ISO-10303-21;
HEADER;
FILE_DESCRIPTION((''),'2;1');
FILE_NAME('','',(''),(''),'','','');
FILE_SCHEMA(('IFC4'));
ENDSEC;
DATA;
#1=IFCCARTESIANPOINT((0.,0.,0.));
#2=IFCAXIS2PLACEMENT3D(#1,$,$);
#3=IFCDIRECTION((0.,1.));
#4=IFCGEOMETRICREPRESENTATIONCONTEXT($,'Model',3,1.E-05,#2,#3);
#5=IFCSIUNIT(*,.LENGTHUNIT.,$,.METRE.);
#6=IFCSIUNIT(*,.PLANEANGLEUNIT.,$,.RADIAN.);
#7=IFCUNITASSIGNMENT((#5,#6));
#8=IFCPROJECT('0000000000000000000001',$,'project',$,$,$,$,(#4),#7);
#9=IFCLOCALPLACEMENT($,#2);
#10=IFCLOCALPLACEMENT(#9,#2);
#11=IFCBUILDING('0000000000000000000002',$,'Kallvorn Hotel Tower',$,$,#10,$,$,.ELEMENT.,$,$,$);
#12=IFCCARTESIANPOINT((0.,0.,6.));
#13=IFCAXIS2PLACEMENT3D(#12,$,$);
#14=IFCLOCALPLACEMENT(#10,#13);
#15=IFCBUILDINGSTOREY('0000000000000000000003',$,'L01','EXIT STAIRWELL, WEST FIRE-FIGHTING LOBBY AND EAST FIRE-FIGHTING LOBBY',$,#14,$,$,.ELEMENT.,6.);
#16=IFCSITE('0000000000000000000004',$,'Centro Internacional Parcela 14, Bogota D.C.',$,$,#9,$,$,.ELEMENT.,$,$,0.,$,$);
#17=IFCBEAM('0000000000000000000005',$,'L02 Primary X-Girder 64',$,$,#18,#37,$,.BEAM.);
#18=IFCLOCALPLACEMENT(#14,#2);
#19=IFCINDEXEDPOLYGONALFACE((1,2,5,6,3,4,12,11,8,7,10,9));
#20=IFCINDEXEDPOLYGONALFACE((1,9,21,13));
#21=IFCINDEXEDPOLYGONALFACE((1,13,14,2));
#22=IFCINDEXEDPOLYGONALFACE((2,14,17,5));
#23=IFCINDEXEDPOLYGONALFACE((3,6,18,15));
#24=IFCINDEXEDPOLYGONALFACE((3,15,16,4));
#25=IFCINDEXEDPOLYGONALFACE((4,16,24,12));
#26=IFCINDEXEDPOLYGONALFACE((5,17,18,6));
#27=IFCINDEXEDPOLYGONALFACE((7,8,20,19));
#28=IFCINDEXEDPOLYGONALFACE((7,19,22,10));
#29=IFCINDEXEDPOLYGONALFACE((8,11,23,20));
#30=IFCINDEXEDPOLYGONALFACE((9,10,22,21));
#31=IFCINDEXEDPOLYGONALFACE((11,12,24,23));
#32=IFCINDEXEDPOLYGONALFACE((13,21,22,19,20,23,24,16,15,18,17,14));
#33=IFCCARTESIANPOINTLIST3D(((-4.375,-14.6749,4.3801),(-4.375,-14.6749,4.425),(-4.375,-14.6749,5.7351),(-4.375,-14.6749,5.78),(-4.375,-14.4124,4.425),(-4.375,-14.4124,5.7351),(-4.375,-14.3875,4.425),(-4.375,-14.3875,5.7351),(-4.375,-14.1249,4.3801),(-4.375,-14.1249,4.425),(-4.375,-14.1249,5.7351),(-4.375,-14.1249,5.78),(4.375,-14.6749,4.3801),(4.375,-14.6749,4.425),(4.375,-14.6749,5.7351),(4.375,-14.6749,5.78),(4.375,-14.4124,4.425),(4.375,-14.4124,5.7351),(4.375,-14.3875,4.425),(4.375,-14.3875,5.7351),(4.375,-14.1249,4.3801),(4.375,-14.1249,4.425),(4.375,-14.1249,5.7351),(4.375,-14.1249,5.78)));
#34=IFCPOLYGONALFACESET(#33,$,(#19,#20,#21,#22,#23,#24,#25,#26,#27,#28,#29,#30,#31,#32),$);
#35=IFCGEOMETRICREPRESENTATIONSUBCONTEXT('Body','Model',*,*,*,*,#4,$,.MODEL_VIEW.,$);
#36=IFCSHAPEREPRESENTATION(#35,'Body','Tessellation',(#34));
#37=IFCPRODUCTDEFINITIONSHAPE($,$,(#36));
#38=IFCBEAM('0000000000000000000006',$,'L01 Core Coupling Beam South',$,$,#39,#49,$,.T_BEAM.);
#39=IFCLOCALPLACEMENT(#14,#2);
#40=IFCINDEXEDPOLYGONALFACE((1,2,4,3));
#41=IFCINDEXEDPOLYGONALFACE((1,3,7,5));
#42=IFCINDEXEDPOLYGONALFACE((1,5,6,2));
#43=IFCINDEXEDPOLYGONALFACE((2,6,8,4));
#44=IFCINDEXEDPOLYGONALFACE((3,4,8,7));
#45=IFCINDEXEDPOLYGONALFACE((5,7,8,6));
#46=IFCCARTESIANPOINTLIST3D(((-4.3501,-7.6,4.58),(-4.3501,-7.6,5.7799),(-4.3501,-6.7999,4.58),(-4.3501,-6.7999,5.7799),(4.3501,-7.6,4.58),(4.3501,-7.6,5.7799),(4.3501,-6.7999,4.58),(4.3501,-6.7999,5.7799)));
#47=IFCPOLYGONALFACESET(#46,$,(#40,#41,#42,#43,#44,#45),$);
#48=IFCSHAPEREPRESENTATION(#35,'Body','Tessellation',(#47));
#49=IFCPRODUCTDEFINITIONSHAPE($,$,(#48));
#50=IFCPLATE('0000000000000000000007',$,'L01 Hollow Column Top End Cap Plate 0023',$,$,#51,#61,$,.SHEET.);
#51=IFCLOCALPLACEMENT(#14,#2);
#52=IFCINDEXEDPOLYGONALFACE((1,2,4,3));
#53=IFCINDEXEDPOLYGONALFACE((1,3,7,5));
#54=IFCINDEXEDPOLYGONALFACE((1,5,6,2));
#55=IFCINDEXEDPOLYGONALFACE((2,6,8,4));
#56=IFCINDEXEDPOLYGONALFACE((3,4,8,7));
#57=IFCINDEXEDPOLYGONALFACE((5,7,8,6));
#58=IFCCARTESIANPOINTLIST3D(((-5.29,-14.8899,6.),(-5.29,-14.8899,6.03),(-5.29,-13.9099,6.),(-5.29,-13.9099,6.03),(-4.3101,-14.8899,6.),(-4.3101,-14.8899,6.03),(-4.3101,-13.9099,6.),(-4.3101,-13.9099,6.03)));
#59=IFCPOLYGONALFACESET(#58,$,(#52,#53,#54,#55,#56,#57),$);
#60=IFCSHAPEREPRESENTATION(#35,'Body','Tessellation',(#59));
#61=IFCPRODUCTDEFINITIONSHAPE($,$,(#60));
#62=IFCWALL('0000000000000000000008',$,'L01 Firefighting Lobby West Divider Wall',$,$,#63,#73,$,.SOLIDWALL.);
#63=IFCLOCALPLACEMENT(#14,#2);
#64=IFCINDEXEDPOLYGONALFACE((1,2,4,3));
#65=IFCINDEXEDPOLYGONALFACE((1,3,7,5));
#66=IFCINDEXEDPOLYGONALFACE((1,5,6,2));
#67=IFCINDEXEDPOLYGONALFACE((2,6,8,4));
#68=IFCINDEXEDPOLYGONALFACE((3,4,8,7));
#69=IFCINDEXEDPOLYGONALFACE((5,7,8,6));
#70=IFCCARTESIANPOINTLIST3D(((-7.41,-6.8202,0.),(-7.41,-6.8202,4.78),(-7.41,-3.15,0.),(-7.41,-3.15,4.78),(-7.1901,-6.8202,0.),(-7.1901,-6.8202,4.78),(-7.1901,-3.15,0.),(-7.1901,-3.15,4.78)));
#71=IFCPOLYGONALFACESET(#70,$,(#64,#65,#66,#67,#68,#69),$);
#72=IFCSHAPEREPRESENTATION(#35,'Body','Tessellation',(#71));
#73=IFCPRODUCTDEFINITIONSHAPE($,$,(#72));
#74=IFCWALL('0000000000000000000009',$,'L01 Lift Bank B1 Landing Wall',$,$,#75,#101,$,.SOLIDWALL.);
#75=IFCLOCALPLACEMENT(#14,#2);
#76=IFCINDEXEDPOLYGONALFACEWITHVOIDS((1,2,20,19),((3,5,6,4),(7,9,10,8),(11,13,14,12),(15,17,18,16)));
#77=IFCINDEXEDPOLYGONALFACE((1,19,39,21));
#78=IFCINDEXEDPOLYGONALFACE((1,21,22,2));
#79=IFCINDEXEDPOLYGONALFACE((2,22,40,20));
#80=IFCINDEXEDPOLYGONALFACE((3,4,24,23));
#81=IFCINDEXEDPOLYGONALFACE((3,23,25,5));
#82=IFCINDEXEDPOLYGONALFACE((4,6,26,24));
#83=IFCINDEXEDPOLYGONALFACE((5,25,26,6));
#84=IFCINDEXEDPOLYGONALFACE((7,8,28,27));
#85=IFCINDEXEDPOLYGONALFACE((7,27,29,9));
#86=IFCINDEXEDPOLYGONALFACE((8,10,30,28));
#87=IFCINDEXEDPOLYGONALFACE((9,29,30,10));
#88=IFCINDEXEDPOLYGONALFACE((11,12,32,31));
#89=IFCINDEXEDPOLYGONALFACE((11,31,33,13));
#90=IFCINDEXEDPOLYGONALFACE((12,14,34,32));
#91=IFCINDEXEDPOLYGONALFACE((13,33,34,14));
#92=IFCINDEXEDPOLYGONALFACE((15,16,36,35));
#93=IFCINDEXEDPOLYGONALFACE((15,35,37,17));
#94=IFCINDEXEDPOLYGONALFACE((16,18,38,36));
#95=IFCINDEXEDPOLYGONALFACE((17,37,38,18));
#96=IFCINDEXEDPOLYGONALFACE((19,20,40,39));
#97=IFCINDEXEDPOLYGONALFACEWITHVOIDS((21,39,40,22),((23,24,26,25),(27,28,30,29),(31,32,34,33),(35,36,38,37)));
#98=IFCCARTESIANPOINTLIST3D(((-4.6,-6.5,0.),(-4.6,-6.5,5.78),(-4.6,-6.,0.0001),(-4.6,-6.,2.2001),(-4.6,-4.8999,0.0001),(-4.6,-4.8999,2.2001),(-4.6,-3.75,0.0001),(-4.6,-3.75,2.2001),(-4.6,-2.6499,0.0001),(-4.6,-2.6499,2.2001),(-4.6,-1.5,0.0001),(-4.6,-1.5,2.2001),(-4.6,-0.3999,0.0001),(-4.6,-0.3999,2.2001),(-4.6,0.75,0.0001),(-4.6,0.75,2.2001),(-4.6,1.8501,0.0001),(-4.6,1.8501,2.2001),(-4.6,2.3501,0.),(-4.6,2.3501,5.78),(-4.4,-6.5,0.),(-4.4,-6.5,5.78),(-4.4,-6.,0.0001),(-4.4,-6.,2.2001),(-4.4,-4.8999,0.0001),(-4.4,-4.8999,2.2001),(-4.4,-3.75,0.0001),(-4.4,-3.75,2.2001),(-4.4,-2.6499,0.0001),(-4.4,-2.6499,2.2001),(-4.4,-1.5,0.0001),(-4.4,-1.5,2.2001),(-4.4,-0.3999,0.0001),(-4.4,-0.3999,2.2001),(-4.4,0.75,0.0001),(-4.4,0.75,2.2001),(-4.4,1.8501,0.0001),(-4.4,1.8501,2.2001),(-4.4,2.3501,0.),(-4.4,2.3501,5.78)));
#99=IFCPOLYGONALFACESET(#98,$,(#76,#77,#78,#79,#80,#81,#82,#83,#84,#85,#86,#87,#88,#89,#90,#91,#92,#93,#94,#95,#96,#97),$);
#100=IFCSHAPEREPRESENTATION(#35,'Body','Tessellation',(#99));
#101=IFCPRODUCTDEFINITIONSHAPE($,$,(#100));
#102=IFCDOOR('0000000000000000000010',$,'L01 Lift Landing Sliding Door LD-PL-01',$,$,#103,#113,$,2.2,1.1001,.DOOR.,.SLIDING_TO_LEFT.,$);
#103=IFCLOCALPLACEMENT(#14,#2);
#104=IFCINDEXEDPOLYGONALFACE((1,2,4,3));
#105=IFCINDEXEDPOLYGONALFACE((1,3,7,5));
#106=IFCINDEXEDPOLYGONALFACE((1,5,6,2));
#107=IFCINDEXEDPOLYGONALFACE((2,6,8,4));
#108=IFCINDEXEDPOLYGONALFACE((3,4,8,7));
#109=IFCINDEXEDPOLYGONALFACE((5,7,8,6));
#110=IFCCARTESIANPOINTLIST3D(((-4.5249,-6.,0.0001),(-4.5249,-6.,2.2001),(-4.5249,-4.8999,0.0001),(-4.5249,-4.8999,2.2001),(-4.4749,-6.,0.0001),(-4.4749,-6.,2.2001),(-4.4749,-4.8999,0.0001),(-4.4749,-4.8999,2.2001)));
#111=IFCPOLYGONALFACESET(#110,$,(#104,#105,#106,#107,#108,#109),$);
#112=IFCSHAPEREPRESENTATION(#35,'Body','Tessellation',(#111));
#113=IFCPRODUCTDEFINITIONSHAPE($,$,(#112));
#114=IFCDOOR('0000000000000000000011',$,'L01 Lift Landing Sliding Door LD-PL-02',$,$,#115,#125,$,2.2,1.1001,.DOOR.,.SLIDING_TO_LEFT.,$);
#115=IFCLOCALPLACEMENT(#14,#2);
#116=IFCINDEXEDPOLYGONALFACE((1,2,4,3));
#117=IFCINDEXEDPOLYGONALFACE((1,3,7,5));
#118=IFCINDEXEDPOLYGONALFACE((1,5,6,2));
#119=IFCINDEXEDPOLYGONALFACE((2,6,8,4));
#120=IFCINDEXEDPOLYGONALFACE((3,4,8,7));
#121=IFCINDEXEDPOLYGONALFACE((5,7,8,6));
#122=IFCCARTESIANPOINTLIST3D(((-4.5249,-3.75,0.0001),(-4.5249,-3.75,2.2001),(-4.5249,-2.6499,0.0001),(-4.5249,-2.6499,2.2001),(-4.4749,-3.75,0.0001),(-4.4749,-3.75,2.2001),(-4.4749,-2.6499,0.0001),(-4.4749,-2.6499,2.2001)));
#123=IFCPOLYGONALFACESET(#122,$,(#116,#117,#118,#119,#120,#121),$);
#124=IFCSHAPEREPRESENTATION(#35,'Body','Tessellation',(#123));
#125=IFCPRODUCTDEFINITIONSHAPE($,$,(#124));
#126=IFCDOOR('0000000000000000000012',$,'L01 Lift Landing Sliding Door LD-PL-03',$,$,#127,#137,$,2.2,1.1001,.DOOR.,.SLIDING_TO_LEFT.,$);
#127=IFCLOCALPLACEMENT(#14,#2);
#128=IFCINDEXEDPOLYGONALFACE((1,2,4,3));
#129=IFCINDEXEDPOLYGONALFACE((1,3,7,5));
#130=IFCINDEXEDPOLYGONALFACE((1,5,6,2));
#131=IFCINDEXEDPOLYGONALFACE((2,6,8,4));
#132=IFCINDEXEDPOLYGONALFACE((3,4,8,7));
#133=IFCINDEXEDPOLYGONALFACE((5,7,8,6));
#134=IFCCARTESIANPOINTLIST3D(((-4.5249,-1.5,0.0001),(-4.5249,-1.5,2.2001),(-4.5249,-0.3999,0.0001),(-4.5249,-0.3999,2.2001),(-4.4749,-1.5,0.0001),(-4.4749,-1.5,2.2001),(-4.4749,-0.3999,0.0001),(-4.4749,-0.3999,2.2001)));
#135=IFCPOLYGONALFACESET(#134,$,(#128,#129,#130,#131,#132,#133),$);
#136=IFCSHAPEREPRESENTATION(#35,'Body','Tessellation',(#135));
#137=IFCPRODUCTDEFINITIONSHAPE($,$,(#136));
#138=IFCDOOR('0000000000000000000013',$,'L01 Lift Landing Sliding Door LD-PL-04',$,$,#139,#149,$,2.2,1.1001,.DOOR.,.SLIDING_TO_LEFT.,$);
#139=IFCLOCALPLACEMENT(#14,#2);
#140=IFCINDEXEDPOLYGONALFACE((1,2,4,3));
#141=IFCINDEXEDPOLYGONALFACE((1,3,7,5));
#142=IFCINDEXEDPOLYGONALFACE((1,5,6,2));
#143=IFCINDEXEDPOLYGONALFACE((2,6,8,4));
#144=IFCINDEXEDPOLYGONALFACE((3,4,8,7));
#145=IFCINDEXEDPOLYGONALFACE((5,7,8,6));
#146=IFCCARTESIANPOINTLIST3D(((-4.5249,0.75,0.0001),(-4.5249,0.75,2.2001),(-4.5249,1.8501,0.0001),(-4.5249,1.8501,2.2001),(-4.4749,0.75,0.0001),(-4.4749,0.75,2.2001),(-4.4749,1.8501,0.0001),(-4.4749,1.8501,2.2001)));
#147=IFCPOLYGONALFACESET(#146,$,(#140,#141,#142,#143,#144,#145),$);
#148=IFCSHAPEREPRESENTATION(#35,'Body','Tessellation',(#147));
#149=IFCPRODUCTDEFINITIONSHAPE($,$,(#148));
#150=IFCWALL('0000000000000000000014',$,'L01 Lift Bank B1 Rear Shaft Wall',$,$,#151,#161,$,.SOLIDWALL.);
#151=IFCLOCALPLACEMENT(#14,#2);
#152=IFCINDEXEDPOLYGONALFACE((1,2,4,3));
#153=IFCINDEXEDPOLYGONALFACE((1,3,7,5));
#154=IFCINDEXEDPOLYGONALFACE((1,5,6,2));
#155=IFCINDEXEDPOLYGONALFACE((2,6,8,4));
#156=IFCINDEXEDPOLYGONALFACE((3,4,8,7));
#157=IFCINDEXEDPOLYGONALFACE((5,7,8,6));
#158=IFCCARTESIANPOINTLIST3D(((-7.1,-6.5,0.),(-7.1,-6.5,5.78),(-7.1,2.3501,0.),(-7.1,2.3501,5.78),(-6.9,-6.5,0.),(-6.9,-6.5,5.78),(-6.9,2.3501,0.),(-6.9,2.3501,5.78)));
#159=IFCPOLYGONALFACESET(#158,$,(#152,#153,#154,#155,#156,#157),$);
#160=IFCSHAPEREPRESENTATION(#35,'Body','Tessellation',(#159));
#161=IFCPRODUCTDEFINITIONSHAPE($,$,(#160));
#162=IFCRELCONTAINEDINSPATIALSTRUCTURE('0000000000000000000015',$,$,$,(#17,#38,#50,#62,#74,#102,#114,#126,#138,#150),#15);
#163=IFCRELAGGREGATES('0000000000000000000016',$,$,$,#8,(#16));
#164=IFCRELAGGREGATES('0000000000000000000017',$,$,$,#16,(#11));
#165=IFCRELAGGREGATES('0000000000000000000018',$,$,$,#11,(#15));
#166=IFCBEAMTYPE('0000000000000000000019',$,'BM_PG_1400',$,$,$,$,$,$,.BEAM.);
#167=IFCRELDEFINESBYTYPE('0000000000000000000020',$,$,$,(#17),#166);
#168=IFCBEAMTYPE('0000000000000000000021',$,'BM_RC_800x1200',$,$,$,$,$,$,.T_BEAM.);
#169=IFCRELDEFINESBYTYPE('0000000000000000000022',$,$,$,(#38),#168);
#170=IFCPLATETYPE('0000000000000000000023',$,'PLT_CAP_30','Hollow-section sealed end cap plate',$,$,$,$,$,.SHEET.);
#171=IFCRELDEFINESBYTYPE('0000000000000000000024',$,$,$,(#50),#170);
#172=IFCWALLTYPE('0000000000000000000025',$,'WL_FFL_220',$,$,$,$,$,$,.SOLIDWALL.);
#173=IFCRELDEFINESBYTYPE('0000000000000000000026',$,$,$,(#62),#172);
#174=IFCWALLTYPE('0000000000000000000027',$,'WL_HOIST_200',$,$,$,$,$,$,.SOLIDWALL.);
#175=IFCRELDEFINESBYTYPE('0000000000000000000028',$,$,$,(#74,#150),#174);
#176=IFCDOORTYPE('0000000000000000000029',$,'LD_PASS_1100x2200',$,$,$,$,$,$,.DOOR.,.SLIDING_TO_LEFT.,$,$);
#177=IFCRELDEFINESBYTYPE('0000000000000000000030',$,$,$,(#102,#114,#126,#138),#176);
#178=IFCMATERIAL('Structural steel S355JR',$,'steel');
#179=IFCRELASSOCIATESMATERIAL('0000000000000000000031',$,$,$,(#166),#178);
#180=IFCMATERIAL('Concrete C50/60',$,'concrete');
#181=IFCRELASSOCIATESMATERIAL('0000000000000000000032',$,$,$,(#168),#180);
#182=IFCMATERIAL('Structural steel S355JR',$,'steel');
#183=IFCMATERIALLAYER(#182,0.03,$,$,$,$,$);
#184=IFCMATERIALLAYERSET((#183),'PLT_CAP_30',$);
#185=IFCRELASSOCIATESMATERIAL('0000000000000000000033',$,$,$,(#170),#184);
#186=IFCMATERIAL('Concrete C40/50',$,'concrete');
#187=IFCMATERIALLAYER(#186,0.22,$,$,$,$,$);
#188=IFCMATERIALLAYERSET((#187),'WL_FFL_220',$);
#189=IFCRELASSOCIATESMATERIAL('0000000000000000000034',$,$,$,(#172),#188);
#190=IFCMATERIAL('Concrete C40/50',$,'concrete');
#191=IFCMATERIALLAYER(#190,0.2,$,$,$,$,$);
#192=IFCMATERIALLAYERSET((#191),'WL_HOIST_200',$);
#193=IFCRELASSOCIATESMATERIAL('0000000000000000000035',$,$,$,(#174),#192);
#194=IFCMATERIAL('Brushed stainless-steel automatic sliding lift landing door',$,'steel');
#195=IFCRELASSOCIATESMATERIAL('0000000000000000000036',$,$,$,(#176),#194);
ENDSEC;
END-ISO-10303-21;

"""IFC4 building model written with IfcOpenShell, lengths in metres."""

from ifc_helpers import new_model, si_unit, direction, frame, frame_2d, origin, origin_2d, place, context, subcontext, project, spatial, rectangle, i_section, extrude, material, layer, layer_set, material_profile, profile_set, type_object, element, fill, save


model = new_model("IFC4")

# Units and contexts
model_context = context("Model", 3, precision=1e-05, world=origin(), true_north=direction((0.0, 1.0)))
body_context = subcontext(model_context, "Body", "Model", "MODEL_VIEW")
ifc_project = project(units=[si_unit("LENGTHUNIT", "METRE"), si_unit("PLANEANGLEUNIT", "RADIAN")], contexts=[model_context])

# Site, building, storey
site_placement = place(None, origin())
site = spatial("IfcSite", under=ifc_project, at=site_placement, Name="Centro Internacional Parcela 14, Bogota D.C.", CompositionType="ELEMENT", RefElevation=0.0)
building_placement = place(site_placement, origin())
building = spatial("IfcBuilding", under=site, at=building_placement, Name="Kallvorn Hotel Tower", CompositionType="ELEMENT")
storey_placement = place(building_placement, frame((0.0, 0.0, 6.0)))
storey = spatial("IfcBuildingStorey", under=building, at=storey_placement, Name="L01", Description="EXIT STAIRWELL, WEST FIRE-FIGHTING LOBBY AND EAST FIRE-FIGHTING LOBBY", CompositionType="ELEMENT", Elevation=6.0)

# Beams
ifc_material_1 = material(Name="Structural steel S355JR", Category="steel")
ifc_material_profile_1 = material_profile(ifc_material_1, i_section(OverallWidth=0.55, OverallDepth=1.3999, WebThickness=0.0249, FlangeThickness=0.0449, at=origin_2d()), Name="PG 1400x550x25x45")
ifc_profile_set_1 = profile_set([ifc_material_profile_1], Name="Structural steel S355JR")
beam_type_1 = type_object("IfcBeamType", Name="BM_PG_1400", PredefinedType="BEAM", material=ifc_profile_set_1)
beam_1_placement = place(storey_placement, frame((-4.375, -14.3999, 5.0801), z_axis=(1.0, 0.0, 0.0), x_axis=(0.0, 1.0, 0.0)))
element("IfcBeam", 1, at=beam_1_placement, inside=storey, type_object=beam_type_1, Name="L02 Primary X-Girder 64", PredefinedType="BEAM", context=body_context, shape_type="SweptSolid", body=[
    extrude(i_section(OverallWidth=0.55, OverallDepth=1.3999, WebThickness=0.0249, FlangeThickness=0.0449, at=origin_2d()), origin(), (0.0, 0.0, 1.0), 8.75),
])
ifc_material_2 = material(Name="Concrete C50/60", Category="concrete")
ifc_material_profile_2 = material_profile(ifc_material_2, rectangle(XDim=0.8, YDim=1.2, at=origin_2d()), Name="RC 800x1200")
ifc_profile_set_2 = profile_set([ifc_material_profile_2], Name="Concrete C50/60")
beam_type_2 = type_object("IfcBeamType", Name="BM_RC_800x1200", PredefinedType="T_BEAM", material=ifc_profile_set_2)
beam_2_placement = place(storey_placement, frame((-4.3501, -7.2, 5.1799), z_axis=(1.0, 0.0, 0.0), x_axis=(0.0, 1.0, 0.0)))
element("IfcBeam", 2, at=beam_2_placement, inside=storey, type_object=beam_type_2, Name="L01 Core Coupling Beam South", PredefinedType="T_BEAM", context=body_context, shape_type="SweptSolid", body=[
    extrude(rectangle(XDim=0.8, YDim=1.2, at=origin_2d()), origin(), (0.0, 0.0, 1.0), 8.7002),
])

# Plate
ifc_material_3 = material(Name="Structural steel S355JR", Category="steel")
ifc_layer_1 = layer(ifc_material_3, 0.03)
ifc_layer_set_1 = layer_set([ifc_layer_1], Name="PLT_CAP_30")
plate_type = type_object("IfcPlateType", Name="PLT_CAP_30", Description="Hollow-section sealed end cap plate", PredefinedType="SHEET", material=ifc_layer_set_1)
plate_placement = place(storey_placement, frame((-4.8, -14.3999, 6.0), z_axis=(0.0, 0.0, 1.0), x_axis=(1.0, 0.0, 0.0)))
element("IfcPlate", 3, at=plate_placement, inside=storey, type_object=plate_type, Name="L01 Hollow Column Top End Cap Plate 0023", PredefinedType="SHEET", context=body_context, shape_type="SweptSolid", body=[
    extrude(rectangle(XDim=0.98, YDim=0.98, at=origin_2d()), origin(), (0.0, 0.0, 1.0), 0.03),
])

# Wall
ifc_material_4 = material(Name="Concrete C40/50", Category="concrete")
ifc_layer_2 = layer(ifc_material_4, 0.22)
ifc_layer_set_2 = layer_set([ifc_layer_2], Name="WL_FFL_220")
wall_type_1 = type_object("IfcWallType", Name="WL_FFL_220", PredefinedType="SOLIDWALL", material=ifc_layer_set_2)
wall_1_placement = place(storey_placement, frame((-7.3, -6.8201, 0.0), z_axis=(0.0, 0.0, 1.0), x_axis=(0.0, 1.0, 0.0)))
element("IfcWall", 4, at=wall_1_placement, inside=storey, type_object=wall_type_1, Name="L01 Firefighting Lobby West Divider Wall", PredefinedType="SOLIDWALL", context=body_context, shape_type="SweptSolid", body=[
    extrude(rectangle(XDim=3.6702, YDim=0.22, at=frame_2d((1.835, 0.0))), origin(), (0.0, 0.0, 1.0), 4.78),
])

# Wall, openings, doors
ifc_material_5 = material(Name="Concrete C40/50", Category="concrete")
ifc_layer_3 = layer(ifc_material_5, 0.2)
ifc_layer_set_3 = layer_set([ifc_layer_3], Name="WL_HOIST_200")
wall_type_2 = type_object("IfcWallType", Name="WL_HOIST_200", PredefinedType="SOLIDWALL", material=ifc_layer_set_3)
wall_2_placement = place(storey_placement, frame((-4.5, -6.5, 0.0), z_axis=(0.0, 0.0, 1.0), x_axis=(0.0, 1.0, 0.0)))
wall_2 = element("IfcWall", 5, at=wall_2_placement, inside=storey, type_object=wall_type_2, Name="L01 Lift Bank B1 Landing Wall", PredefinedType="SOLIDWALL", context=body_context, shape_type="SweptSolid", body=[
    extrude(rectangle(XDim=8.8501, YDim=0.2, at=frame_2d((4.425, 0.0))), origin(), (0.0, 0.0, 1.0), 5.78),
])
opening_1_placement = place(wall_2_placement, frame((0.5, 0.0, 0.0)))
opening_1 = element("IfcOpeningElement", 6, at=opening_1_placement, cuts=wall_2, PredefinedType="OPENING", context=body_context, shape_type="SweptSolid", body=[
    extrude(rectangle(XDim=1.1001, YDim=2.2, at=frame_2d((0.55, 1.1001))), frame((0.0, 0.115, 0.0), z_axis=(0.0, -1.0, 0.0), x_axis=(1.0, 0.0, 0.0)), (0.0, 0.0, 1.0), 0.23),
])
opening_2_placement = place(wall_2_placement, frame((2.75, 0.0, 0.0)))
opening_2 = element("IfcOpeningElement", 7, at=opening_2_placement, cuts=wall_2, PredefinedType="OPENING", context=body_context, shape_type="SweptSolid", body=[
    extrude(rectangle(XDim=1.1001, YDim=2.2, at=frame_2d((0.55, 1.1001))), frame((0.0, 0.115, 0.0), z_axis=(0.0, -1.0, 0.0), x_axis=(1.0, 0.0, 0.0)), (0.0, 0.0, 1.0), 0.23),
])
opening_3_placement = place(wall_2_placement, frame((5.0, 0.0, 0.0)))
opening_3 = element("IfcOpeningElement", 8, at=opening_3_placement, cuts=wall_2, PredefinedType="OPENING", context=body_context, shape_type="SweptSolid", body=[
    extrude(rectangle(XDim=1.1001, YDim=2.2, at=frame_2d((0.55, 1.1001))), frame((0.0, 0.115, 0.0), z_axis=(0.0, -1.0, 0.0), x_axis=(1.0, 0.0, 0.0)), (0.0, 0.0, 1.0), 0.23),
])
opening_4_placement = place(wall_2_placement, frame((7.25, 0.0, 0.0)))
opening_4 = element("IfcOpeningElement", 9, at=opening_4_placement, cuts=wall_2, PredefinedType="OPENING", context=body_context, shape_type="SweptSolid", body=[
    extrude(rectangle(XDim=1.1001, YDim=2.2, at=frame_2d((0.55, 1.1001))), frame((0.0, 0.115, 0.0), z_axis=(0.0, -1.0, 0.0), x_axis=(1.0, 0.0, 0.0)), (0.0, 0.0, 1.0), 0.23),
])
ifc_material_6 = material(Name="Brushed stainless-steel automatic sliding lift landing door", Category="steel")
door_type_1 = type_object("IfcDoorType", Name="LD_PASS_1100x2200", OperationType="SLIDING_TO_LEFT", PredefinedType="DOOR", material=ifc_material_6)
door_1_placement = place(opening_1_placement, origin())
door_1 = element("IfcDoor", 10, at=door_1_placement, inside=storey, type_object=door_type_1, Name="L01 Lift Landing Sliding Door LD-PL-01", OperationType="SLIDING_TO_LEFT", OverallHeight=2.2, OverallWidth=1.1001, PredefinedType="DOOR", context=body_context, shape_type="SweptSolid", body=[
    extrude(rectangle(XDim=1.1001, YDim=2.2, at=frame_2d((0.55, 1.1001))), frame((0.0, 0.0249, 0.0), z_axis=(0.0, -1.0, 0.0), x_axis=(1.0, 0.0, 0.0)), (0.0, 0.0, 1.0), 0.05),
])
fill(opening_1, door_1)
door_2_placement = place(opening_2_placement, origin())
door_2 = element("IfcDoor", 11, at=door_2_placement, inside=storey, type_object=door_type_1, Name="L01 Lift Landing Sliding Door LD-PL-02", OperationType="SLIDING_TO_LEFT", OverallHeight=2.2, OverallWidth=1.1001, PredefinedType="DOOR", context=body_context, shape_type="SweptSolid", body=[
    extrude(rectangle(XDim=1.1001, YDim=2.2, at=frame_2d((0.55, 1.1001))), frame((0.0, 0.0249, 0.0), z_axis=(0.0, -1.0, 0.0), x_axis=(1.0, 0.0, 0.0)), (0.0, 0.0, 1.0), 0.05),
])
fill(opening_2, door_2)
door_3_placement = place(opening_3_placement, origin())
door_3 = element("IfcDoor", 12, at=door_3_placement, inside=storey, type_object=door_type_1, Name="L01 Lift Landing Sliding Door LD-PL-03", OperationType="SLIDING_TO_LEFT", OverallHeight=2.2, OverallWidth=1.1001, PredefinedType="DOOR", context=body_context, shape_type="SweptSolid", body=[
    extrude(rectangle(XDim=1.1001, YDim=2.2, at=frame_2d((0.55, 1.1001))), frame((0.0, 0.0249, 0.0), z_axis=(0.0, -1.0, 0.0), x_axis=(1.0, 0.0, 0.0)), (0.0, 0.0, 1.0), 0.05),
])
fill(opening_3, door_3)
door_4_placement = place(opening_4_placement, origin())
door_4 = element("IfcDoor", 13, at=door_4_placement, inside=storey, type_object=door_type_1, Name="L01 Lift Landing Sliding Door LD-PL-04", OperationType="SLIDING_TO_LEFT", OverallHeight=2.2, OverallWidth=1.1001, PredefinedType="DOOR", context=body_context, shape_type="SweptSolid", body=[
    extrude(rectangle(XDim=1.1001, YDim=2.2, at=frame_2d((0.55, 1.1001))), frame((0.0, 0.0249, 0.0), z_axis=(0.0, -1.0, 0.0), x_axis=(1.0, 0.0, 0.0)), (0.0, 0.0, 1.0), 0.05),
])
fill(opening_4, door_4)

# Wall
wall_3_placement = place(storey_placement, frame((-7.0, -6.5, 0.0), z_axis=(0.0, 0.0, 1.0), x_axis=(0.0, 1.0, 0.0)))
element("IfcWall", 14, at=wall_3_placement, inside=storey, type_object=wall_type_2, Name="L01 Lift Bank B1 Rear Shaft Wall", PredefinedType="SOLIDWALL", context=body_context, shape_type="SweptSolid", body=[
    extrude(rectangle(XDim=8.8501, YDim=0.2, at=frame_2d((4.425, 0.0))), origin(), (0.0, 0.0, 1.0), 5.78),
])

save(model, "model.ifc")
